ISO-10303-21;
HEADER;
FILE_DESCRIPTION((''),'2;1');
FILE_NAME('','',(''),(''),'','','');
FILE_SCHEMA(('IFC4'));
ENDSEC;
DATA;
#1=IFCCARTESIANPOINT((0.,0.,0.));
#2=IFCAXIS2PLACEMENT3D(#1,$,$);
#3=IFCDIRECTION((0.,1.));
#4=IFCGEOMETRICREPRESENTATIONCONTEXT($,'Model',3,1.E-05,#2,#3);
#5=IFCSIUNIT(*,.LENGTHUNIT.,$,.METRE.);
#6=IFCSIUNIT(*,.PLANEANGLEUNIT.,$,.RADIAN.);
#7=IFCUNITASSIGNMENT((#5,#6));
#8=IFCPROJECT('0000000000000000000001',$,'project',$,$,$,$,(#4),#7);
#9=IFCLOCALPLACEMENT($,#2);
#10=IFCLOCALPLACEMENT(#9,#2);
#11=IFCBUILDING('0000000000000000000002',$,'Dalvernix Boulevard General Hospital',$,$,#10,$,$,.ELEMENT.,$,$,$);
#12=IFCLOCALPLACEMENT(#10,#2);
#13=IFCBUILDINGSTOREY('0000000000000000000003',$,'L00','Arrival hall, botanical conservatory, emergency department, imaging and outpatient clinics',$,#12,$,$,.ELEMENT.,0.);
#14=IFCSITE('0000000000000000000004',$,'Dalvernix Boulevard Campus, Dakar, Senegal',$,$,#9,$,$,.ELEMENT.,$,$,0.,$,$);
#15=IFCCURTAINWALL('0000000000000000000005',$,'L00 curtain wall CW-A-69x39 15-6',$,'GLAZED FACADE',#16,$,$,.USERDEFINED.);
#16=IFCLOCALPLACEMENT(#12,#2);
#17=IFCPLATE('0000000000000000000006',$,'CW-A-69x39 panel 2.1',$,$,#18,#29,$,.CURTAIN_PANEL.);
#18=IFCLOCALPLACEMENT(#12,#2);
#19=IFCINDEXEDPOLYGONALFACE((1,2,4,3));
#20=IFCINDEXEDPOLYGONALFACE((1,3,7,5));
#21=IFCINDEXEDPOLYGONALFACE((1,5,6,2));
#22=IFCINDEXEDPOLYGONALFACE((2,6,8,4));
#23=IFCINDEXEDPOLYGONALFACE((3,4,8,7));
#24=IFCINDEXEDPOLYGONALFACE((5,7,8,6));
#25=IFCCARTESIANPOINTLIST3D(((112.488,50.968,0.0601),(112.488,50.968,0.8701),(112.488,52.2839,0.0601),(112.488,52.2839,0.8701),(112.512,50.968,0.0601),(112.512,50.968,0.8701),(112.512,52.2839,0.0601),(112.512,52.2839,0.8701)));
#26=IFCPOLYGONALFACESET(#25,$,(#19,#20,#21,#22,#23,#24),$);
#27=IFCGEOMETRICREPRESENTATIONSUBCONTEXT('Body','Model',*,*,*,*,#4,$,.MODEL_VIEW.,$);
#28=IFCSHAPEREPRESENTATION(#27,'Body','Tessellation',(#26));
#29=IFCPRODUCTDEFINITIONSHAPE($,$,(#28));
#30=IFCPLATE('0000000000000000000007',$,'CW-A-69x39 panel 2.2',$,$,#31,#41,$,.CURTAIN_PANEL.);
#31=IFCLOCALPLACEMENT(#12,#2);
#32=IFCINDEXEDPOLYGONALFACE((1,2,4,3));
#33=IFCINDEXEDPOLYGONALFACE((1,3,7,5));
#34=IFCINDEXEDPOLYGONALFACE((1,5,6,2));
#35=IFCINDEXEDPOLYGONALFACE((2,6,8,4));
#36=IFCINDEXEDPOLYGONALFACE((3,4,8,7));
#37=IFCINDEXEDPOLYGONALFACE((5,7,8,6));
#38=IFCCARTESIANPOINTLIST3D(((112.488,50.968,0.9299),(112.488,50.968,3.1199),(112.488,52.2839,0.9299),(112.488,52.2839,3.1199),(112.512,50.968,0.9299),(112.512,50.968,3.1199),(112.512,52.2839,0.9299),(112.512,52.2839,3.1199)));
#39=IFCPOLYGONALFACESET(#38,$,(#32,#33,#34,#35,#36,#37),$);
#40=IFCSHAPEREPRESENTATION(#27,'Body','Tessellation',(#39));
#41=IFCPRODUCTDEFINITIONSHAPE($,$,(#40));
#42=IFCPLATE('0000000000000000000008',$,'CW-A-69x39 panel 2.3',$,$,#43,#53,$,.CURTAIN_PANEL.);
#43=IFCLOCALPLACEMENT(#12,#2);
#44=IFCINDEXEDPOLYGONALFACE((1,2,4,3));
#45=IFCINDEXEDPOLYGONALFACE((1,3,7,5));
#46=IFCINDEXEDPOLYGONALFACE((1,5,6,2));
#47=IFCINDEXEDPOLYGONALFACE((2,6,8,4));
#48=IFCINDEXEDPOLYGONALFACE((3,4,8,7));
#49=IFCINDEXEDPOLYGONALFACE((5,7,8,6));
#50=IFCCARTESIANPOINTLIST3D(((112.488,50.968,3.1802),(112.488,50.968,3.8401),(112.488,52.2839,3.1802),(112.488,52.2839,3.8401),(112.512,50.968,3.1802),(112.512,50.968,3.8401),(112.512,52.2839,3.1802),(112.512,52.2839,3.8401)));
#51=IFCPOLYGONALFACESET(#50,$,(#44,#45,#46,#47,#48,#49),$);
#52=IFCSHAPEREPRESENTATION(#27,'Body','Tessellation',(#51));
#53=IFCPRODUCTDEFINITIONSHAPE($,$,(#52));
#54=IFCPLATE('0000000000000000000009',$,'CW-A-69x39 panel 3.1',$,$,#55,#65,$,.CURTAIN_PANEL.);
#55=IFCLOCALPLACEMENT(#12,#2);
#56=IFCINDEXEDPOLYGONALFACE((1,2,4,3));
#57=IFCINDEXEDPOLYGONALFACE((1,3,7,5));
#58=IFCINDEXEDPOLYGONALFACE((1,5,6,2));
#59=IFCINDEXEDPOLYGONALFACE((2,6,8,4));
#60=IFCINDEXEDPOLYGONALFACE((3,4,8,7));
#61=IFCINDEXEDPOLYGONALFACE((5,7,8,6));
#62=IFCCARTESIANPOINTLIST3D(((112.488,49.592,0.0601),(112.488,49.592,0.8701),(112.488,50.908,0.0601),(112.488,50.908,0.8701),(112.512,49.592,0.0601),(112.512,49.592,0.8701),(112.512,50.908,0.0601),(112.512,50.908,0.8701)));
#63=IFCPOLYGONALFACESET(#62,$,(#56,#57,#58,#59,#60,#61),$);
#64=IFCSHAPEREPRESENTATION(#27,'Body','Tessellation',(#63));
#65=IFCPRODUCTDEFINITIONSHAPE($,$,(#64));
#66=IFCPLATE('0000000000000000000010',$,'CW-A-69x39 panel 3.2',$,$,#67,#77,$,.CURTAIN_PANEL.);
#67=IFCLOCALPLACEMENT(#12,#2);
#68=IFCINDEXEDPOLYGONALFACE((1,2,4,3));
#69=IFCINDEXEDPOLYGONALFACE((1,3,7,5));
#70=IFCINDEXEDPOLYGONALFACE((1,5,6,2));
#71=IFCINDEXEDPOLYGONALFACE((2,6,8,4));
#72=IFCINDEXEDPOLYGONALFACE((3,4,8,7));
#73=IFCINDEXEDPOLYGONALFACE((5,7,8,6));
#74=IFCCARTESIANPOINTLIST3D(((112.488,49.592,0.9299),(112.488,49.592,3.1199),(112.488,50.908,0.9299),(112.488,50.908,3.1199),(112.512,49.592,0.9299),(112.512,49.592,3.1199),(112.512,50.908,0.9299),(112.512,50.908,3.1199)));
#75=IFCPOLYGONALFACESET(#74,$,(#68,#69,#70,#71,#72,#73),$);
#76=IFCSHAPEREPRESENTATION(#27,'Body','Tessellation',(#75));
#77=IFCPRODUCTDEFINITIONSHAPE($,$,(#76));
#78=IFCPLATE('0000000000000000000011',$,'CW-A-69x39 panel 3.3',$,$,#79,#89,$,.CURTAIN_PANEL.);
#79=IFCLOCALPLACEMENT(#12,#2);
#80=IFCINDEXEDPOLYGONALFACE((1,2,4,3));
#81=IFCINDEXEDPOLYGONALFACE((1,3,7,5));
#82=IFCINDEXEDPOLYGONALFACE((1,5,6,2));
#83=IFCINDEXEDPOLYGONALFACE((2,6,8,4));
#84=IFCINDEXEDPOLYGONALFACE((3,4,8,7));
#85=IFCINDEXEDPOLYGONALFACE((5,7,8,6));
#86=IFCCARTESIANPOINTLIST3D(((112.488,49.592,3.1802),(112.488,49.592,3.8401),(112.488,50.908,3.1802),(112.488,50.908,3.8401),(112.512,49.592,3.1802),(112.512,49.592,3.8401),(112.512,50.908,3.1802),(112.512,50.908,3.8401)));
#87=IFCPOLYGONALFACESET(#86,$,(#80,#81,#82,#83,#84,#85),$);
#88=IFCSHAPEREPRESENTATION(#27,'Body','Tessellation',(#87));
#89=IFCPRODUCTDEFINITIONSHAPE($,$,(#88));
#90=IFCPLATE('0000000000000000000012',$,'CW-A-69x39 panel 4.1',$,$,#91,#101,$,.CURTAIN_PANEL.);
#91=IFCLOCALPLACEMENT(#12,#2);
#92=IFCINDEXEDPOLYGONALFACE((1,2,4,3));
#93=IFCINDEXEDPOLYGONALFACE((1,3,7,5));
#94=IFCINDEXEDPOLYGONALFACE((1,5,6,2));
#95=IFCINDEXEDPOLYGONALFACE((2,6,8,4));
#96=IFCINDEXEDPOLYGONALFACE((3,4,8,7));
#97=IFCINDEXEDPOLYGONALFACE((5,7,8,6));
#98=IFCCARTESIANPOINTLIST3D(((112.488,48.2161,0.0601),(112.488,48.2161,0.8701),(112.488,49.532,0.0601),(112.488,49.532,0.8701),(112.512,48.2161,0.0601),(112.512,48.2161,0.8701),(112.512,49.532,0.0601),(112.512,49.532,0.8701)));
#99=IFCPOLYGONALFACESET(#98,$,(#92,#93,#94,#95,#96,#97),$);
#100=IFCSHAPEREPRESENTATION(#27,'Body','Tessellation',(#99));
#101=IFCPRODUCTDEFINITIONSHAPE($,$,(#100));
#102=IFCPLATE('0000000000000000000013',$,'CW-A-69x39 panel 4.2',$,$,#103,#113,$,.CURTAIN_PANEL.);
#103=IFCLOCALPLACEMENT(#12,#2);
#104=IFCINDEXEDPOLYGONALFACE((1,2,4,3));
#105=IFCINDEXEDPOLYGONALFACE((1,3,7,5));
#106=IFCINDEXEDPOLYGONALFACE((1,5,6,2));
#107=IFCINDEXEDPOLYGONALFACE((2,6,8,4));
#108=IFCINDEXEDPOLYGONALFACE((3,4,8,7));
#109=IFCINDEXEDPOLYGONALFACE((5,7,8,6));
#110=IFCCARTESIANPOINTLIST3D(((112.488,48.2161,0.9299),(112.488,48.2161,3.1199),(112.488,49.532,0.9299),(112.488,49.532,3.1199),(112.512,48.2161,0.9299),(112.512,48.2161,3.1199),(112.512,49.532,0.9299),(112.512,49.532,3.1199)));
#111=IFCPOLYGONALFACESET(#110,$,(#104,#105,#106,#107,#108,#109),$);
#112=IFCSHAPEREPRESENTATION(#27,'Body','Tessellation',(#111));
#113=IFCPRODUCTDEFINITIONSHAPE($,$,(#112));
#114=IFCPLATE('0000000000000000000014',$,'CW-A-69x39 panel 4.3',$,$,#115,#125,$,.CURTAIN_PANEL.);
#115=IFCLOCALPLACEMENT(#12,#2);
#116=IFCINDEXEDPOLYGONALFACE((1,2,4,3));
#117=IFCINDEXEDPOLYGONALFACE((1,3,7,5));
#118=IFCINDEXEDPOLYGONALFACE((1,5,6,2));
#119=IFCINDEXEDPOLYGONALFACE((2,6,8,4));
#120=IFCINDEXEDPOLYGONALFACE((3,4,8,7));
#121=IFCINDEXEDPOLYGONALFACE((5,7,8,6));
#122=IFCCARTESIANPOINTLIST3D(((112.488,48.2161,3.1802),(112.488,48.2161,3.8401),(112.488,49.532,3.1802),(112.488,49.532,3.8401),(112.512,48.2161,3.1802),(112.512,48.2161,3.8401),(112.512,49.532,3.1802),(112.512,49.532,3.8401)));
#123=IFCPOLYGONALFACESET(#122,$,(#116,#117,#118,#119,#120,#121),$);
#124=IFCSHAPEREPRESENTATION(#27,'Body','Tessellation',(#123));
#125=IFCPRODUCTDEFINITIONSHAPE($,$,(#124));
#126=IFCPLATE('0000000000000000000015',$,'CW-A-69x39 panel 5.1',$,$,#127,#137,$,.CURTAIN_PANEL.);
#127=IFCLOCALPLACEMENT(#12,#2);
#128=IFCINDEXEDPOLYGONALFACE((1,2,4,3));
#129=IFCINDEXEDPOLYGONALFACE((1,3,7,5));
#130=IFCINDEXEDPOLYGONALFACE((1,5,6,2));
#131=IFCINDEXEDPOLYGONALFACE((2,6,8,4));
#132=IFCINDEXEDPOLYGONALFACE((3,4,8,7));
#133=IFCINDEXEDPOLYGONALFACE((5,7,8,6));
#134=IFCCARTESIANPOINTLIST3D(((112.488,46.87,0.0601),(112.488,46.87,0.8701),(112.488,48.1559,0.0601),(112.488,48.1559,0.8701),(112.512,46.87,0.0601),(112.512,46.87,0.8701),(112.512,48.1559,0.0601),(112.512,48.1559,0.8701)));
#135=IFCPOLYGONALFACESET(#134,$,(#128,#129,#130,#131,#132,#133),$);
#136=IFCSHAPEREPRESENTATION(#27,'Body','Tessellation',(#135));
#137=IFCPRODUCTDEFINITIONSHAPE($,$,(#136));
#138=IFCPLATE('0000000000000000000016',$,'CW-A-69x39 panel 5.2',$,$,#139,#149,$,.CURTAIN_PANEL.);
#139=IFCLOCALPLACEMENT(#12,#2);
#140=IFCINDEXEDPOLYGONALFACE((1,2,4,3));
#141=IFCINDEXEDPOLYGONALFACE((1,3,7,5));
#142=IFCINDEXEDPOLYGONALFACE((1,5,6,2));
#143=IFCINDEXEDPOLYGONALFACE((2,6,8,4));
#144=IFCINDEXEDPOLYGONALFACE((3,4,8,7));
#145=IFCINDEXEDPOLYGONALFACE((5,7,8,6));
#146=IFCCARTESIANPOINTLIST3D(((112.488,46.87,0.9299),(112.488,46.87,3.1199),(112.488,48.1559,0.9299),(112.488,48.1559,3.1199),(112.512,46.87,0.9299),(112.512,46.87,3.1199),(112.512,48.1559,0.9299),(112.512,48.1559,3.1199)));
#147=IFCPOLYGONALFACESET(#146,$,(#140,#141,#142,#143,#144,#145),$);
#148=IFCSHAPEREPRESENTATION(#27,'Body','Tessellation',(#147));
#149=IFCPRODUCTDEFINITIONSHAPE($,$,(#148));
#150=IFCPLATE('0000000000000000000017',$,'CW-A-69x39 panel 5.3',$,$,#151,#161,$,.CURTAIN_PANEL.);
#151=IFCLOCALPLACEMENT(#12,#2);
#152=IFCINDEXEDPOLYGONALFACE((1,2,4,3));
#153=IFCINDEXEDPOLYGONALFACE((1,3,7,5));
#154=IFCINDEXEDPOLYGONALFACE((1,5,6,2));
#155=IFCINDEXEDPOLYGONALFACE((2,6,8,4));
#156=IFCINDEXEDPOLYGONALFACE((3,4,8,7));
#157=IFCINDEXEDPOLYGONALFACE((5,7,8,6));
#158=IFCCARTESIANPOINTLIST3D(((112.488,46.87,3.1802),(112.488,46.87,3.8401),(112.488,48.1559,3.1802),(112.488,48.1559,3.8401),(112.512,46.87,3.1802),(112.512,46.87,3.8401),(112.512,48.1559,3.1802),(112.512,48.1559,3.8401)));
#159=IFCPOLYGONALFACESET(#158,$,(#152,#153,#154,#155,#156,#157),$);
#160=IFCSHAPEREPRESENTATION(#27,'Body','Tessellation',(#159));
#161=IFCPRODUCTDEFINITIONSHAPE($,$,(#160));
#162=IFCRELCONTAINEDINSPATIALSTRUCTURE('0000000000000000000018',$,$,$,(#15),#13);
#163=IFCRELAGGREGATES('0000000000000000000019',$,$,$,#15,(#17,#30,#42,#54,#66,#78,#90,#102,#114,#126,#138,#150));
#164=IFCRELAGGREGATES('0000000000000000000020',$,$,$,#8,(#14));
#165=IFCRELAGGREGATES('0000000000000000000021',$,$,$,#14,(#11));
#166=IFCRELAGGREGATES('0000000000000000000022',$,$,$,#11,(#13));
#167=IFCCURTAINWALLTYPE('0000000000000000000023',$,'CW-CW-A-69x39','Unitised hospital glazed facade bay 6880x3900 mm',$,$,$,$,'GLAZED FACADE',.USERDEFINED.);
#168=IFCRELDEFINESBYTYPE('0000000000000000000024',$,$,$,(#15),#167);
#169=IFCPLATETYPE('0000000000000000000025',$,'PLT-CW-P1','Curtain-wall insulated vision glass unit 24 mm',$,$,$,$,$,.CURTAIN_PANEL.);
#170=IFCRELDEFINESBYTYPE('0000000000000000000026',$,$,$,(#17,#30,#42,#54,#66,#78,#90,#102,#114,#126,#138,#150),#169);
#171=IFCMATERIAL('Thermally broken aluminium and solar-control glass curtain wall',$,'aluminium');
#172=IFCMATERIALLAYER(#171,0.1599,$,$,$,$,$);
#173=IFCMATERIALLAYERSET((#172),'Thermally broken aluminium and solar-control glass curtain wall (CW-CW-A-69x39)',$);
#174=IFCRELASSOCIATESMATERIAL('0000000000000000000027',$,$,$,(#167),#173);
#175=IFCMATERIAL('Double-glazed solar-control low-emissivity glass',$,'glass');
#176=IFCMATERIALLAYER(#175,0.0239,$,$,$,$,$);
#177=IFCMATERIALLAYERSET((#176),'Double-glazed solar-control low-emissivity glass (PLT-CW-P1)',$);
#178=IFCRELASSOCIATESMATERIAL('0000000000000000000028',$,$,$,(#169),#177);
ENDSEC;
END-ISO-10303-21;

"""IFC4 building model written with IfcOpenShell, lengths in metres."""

from ifc_helpers import new_model, si_unit, direction, frame, origin, origin_2d, place, context, subcontext, project, spatial, rectangle, extrude, material, layer, layer_set, type_object, element, aggregate, save


model = new_model("IFC4")

# Units and contexts
model_context = context("Model", 3, precision=1e-05, world=origin(), true_north=direction((0.0, 1.0)))
body_context = subcontext(model_context, "Body", "Model", "MODEL_VIEW")
ifc_project = project(units=[si_unit("LENGTHUNIT", "METRE"), si_unit("PLANEANGLEUNIT", "RADIAN")], contexts=[model_context])

# Site, building, storey
site_placement = place(None, origin())
site = spatial("IfcSite", under=ifc_project, at=site_placement, Name="Dalvernix Boulevard Campus, Dakar, Senegal", CompositionType="ELEMENT", RefElevation=0.0)
building_placement = place(site_placement, origin())
building = spatial("IfcBuilding", under=site, at=building_placement, Name="Dalvernix Boulevard General Hospital", CompositionType="ELEMENT")
storey_placement = place(building_placement, origin())
storey = spatial("IfcBuildingStorey", under=building, at=storey_placement, Name="L00", Description="Arrival hall, botanical conservatory, emergency department, imaging and outpatient clinics", CompositionType="ELEMENT", Elevation=0.0)

# Curtain wall
ifc_material_1 = material(Name="Thermally broken aluminium and solar-control glass curtain wall", Category="aluminium")
ifc_layer_1 = layer(ifc_material_1, 0.1599)
ifc_layer_set_1 = layer_set([ifc_layer_1], Name="Thermally broken aluminium and solar-control glass curtain wall (CW-CW-A-69x39)")
curtain_wall_type_1 = type_object("IfcCurtainWallType", Name="CW-CW-A-69x39", Description="Unitised hospital glazed facade bay 6880x3900 mm", ElementType="GLAZED FACADE", PredefinedType="USERDEFINED", material=ifc_layer_set_1)
curtain_wall_1_placement = place(storey_placement, origin())
curtain_wall_1 = element("IfcCurtainWall", 1, at=curtain_wall_1_placement, inside=storey, type_object=curtain_wall_type_1, Name="L00 curtain wall CW-A-69x39 15-6", ObjectType="GLAZED FACADE", PredefinedType="USERDEFINED")

# Plates
ifc_material_2 = material(Name="Double-glazed solar-control low-emissivity glass", Category="glass")
ifc_layer_2 = layer(ifc_material_2, 0.0239)
ifc_layer_set_2 = layer_set([ifc_layer_2], Name="Double-glazed solar-control low-emissivity glass (PLT-CW-P1)")
plate_type = type_object("IfcPlateType", Name="PLT-CW-P1", Description="Curtain-wall insulated vision glass unit 24 mm", PredefinedType="CURTAIN_PANEL", material=ifc_layer_set_2)
plate_1_placement = place(storey_placement, frame((112.5, 51.626, 0.0601), z_axis=(0.0, 0.0, 1.0), x_axis=(0.0, -1.0, 0.0)))
plate_1 = element("IfcPlate", 2, at=plate_1_placement, type_object=plate_type, Name="CW-A-69x39 panel 2.1", PredefinedType="CURTAIN_PANEL", context=body_context, shape_type="SweptSolid", body=[
    extrude(rectangle(XDim=1.3159, YDim=0.0239, at=origin_2d()), origin(), (0.0, 0.0, 1.0), 0.8101),
])
plate_2_placement = place(storey_placement, frame((112.5, 51.626, 0.9299), z_axis=(0.0, 0.0, 1.0), x_axis=(0.0, -1.0, 0.0)))
plate_2 = element("IfcPlate", 3, at=plate_2_placement, type_object=plate_type, Name="CW-A-69x39 panel 2.2", PredefinedType="CURTAIN_PANEL", context=body_context, shape_type="SweptSolid", body=[
    extrude(rectangle(XDim=1.3159, YDim=0.0239, at=origin_2d()), origin(), (0.0, 0.0, 1.0), 2.1899),
])
plate_3_placement = place(storey_placement, frame((112.5, 51.626, 3.1802), z_axis=(0.0, 0.0, 1.0), x_axis=(0.0, -1.0, 0.0)))
plate_3 = element("IfcPlate", 4, at=plate_3_placement, type_object=plate_type, Name="CW-A-69x39 panel 2.3", PredefinedType="CURTAIN_PANEL", context=body_context, shape_type="SweptSolid", body=[
    extrude(rectangle(XDim=1.3159, YDim=0.0239, at=origin_2d()), origin(), (0.0, 0.0, 1.0), 0.6599),
])
plate_4_placement = place(storey_placement, frame((112.5, 50.25, 0.0601), z_axis=(0.0, 0.0, 1.0), x_axis=(0.0, -1.0, 0.0)))
plate_4 = element("IfcPlate", 5, at=plate_4_placement, type_object=plate_type, Name="CW-A-69x39 panel 3.1", PredefinedType="CURTAIN_PANEL", context=body_context, shape_type="SweptSolid", body=[
    extrude(rectangle(XDim=1.3159, YDim=0.0239, at=origin_2d()), origin(), (0.0, 0.0, 1.0), 0.8101),
])
plate_5_placement = place(storey_placement, frame((112.5, 50.25, 0.9299), z_axis=(0.0, 0.0, 1.0), x_axis=(0.0, -1.0, 0.0)))
plate_5 = element("IfcPlate", 6, at=plate_5_placement, type_object=plate_type, Name="CW-A-69x39 panel 3.2", PredefinedType="CURTAIN_PANEL", context=body_context, shape_type="SweptSolid", body=[
    extrude(rectangle(XDim=1.3159, YDim=0.0239, at=origin_2d()), origin(), (0.0, 0.0, 1.0), 2.1899),
])
plate_6_placement = place(storey_placement, frame((112.5, 50.25, 3.1802), z_axis=(0.0, 0.0, 1.0), x_axis=(0.0, -1.0, 0.0)))
plate_6 = element("IfcPlate", 7, at=plate_6_placement, type_object=plate_type, Name="CW-A-69x39 panel 3.3", PredefinedType="CURTAIN_PANEL", context=body_context, shape_type="SweptSolid", body=[
    extrude(rectangle(XDim=1.3159, YDim=0.0239, at=origin_2d()), origin(), (0.0, 0.0, 1.0), 0.6599),
])
plate_7_placement = place(storey_placement, frame((112.5, 48.874, 0.0601), z_axis=(0.0, 0.0, 1.0), x_axis=(0.0, -1.0, 0.0)))
plate_7 = element("IfcPlate", 8, at=plate_7_placement, type_object=plate_type, Name="CW-A-69x39 panel 4.1", PredefinedType="CURTAIN_PANEL", context=body_context, shape_type="SweptSolid", body=[
    extrude(rectangle(XDim=1.3159, YDim=0.0239, at=origin_2d()), origin(), (0.0, 0.0, 1.0), 0.8101),
])
plate_8_placement = place(storey_placement, frame((112.5, 48.874, 0.9299), z_axis=(0.0, 0.0, 1.0), x_axis=(0.0, -1.0, 0.0)))
plate_8 = element("IfcPlate", 9, at=plate_8_placement, type_object=plate_type, Name="CW-A-69x39 panel 4.2", PredefinedType="CURTAIN_PANEL", context=body_context, shape_type="SweptSolid", body=[
    extrude(rectangle(XDim=1.3159, YDim=0.0239, at=origin_2d()), origin(), (0.0, 0.0, 1.0), 2.1899),
])
plate_9_placement = place(storey_placement, frame((112.5, 48.874, 3.1802), z_axis=(0.0, 0.0, 1.0), x_axis=(0.0, -1.0, 0.0)))
plate_9 = element("IfcPlate", 10, at=plate_9_placement, type_object=plate_type, Name="CW-A-69x39 panel 4.3", PredefinedType="CURTAIN_PANEL", context=body_context, shape_type="SweptSolid", body=[
    extrude(rectangle(XDim=1.3159, YDim=0.0239, at=origin_2d()), origin(), (0.0, 0.0, 1.0), 0.6599),
])
plate_10_placement = place(storey_placement, frame((112.5, 47.5129, 0.0601), z_axis=(0.0, 0.0, 1.0), x_axis=(0.0, -1.0, 0.0)))
plate_10 = element("IfcPlate", 11, at=plate_10_placement, type_object=plate_type, Name="CW-A-69x39 panel 5.1", PredefinedType="CURTAIN_PANEL", context=body_context, shape_type="SweptSolid", body=[
    extrude(rectangle(XDim=1.2859, YDim=0.0239, at=origin_2d()), origin(), (0.0, 0.0, 1.0), 0.8101),
])
plate_11_placement = place(storey_placement, frame((112.5, 47.5129, 0.9299), z_axis=(0.0, 0.0, 1.0), x_axis=(0.0, -1.0, 0.0)))
plate_11 = element("IfcPlate", 12, at=plate_11_placement, type_object=plate_type, Name="CW-A-69x39 panel 5.2", PredefinedType="CURTAIN_PANEL", context=body_context, shape_type="SweptSolid", body=[
    extrude(rectangle(XDim=1.2859, YDim=0.0239, at=origin_2d()), origin(), (0.0, 0.0, 1.0), 2.1899),
])
plate_12_placement = place(storey_placement, frame((112.5, 47.5129, 3.1802), z_axis=(0.0, 0.0, 1.0), x_axis=(0.0, -1.0, 0.0)))
plate_12 = element("IfcPlate", 13, at=plate_12_placement, type_object=plate_type, Name="CW-A-69x39 panel 5.3", PredefinedType="CURTAIN_PANEL", context=body_context, shape_type="SweptSolid", body=[
    extrude(rectangle(XDim=1.2859, YDim=0.0239, at=origin_2d()), origin(), (0.0, 0.0, 1.0), 0.6599),
])
aggregate(curtain_wall_1, [plate_1, plate_2, plate_3, plate_4, plate_5, plate_6, plate_7, plate_8, plate_9, plate_10, plate_11, plate_12])

save(model, "model.ifc")
